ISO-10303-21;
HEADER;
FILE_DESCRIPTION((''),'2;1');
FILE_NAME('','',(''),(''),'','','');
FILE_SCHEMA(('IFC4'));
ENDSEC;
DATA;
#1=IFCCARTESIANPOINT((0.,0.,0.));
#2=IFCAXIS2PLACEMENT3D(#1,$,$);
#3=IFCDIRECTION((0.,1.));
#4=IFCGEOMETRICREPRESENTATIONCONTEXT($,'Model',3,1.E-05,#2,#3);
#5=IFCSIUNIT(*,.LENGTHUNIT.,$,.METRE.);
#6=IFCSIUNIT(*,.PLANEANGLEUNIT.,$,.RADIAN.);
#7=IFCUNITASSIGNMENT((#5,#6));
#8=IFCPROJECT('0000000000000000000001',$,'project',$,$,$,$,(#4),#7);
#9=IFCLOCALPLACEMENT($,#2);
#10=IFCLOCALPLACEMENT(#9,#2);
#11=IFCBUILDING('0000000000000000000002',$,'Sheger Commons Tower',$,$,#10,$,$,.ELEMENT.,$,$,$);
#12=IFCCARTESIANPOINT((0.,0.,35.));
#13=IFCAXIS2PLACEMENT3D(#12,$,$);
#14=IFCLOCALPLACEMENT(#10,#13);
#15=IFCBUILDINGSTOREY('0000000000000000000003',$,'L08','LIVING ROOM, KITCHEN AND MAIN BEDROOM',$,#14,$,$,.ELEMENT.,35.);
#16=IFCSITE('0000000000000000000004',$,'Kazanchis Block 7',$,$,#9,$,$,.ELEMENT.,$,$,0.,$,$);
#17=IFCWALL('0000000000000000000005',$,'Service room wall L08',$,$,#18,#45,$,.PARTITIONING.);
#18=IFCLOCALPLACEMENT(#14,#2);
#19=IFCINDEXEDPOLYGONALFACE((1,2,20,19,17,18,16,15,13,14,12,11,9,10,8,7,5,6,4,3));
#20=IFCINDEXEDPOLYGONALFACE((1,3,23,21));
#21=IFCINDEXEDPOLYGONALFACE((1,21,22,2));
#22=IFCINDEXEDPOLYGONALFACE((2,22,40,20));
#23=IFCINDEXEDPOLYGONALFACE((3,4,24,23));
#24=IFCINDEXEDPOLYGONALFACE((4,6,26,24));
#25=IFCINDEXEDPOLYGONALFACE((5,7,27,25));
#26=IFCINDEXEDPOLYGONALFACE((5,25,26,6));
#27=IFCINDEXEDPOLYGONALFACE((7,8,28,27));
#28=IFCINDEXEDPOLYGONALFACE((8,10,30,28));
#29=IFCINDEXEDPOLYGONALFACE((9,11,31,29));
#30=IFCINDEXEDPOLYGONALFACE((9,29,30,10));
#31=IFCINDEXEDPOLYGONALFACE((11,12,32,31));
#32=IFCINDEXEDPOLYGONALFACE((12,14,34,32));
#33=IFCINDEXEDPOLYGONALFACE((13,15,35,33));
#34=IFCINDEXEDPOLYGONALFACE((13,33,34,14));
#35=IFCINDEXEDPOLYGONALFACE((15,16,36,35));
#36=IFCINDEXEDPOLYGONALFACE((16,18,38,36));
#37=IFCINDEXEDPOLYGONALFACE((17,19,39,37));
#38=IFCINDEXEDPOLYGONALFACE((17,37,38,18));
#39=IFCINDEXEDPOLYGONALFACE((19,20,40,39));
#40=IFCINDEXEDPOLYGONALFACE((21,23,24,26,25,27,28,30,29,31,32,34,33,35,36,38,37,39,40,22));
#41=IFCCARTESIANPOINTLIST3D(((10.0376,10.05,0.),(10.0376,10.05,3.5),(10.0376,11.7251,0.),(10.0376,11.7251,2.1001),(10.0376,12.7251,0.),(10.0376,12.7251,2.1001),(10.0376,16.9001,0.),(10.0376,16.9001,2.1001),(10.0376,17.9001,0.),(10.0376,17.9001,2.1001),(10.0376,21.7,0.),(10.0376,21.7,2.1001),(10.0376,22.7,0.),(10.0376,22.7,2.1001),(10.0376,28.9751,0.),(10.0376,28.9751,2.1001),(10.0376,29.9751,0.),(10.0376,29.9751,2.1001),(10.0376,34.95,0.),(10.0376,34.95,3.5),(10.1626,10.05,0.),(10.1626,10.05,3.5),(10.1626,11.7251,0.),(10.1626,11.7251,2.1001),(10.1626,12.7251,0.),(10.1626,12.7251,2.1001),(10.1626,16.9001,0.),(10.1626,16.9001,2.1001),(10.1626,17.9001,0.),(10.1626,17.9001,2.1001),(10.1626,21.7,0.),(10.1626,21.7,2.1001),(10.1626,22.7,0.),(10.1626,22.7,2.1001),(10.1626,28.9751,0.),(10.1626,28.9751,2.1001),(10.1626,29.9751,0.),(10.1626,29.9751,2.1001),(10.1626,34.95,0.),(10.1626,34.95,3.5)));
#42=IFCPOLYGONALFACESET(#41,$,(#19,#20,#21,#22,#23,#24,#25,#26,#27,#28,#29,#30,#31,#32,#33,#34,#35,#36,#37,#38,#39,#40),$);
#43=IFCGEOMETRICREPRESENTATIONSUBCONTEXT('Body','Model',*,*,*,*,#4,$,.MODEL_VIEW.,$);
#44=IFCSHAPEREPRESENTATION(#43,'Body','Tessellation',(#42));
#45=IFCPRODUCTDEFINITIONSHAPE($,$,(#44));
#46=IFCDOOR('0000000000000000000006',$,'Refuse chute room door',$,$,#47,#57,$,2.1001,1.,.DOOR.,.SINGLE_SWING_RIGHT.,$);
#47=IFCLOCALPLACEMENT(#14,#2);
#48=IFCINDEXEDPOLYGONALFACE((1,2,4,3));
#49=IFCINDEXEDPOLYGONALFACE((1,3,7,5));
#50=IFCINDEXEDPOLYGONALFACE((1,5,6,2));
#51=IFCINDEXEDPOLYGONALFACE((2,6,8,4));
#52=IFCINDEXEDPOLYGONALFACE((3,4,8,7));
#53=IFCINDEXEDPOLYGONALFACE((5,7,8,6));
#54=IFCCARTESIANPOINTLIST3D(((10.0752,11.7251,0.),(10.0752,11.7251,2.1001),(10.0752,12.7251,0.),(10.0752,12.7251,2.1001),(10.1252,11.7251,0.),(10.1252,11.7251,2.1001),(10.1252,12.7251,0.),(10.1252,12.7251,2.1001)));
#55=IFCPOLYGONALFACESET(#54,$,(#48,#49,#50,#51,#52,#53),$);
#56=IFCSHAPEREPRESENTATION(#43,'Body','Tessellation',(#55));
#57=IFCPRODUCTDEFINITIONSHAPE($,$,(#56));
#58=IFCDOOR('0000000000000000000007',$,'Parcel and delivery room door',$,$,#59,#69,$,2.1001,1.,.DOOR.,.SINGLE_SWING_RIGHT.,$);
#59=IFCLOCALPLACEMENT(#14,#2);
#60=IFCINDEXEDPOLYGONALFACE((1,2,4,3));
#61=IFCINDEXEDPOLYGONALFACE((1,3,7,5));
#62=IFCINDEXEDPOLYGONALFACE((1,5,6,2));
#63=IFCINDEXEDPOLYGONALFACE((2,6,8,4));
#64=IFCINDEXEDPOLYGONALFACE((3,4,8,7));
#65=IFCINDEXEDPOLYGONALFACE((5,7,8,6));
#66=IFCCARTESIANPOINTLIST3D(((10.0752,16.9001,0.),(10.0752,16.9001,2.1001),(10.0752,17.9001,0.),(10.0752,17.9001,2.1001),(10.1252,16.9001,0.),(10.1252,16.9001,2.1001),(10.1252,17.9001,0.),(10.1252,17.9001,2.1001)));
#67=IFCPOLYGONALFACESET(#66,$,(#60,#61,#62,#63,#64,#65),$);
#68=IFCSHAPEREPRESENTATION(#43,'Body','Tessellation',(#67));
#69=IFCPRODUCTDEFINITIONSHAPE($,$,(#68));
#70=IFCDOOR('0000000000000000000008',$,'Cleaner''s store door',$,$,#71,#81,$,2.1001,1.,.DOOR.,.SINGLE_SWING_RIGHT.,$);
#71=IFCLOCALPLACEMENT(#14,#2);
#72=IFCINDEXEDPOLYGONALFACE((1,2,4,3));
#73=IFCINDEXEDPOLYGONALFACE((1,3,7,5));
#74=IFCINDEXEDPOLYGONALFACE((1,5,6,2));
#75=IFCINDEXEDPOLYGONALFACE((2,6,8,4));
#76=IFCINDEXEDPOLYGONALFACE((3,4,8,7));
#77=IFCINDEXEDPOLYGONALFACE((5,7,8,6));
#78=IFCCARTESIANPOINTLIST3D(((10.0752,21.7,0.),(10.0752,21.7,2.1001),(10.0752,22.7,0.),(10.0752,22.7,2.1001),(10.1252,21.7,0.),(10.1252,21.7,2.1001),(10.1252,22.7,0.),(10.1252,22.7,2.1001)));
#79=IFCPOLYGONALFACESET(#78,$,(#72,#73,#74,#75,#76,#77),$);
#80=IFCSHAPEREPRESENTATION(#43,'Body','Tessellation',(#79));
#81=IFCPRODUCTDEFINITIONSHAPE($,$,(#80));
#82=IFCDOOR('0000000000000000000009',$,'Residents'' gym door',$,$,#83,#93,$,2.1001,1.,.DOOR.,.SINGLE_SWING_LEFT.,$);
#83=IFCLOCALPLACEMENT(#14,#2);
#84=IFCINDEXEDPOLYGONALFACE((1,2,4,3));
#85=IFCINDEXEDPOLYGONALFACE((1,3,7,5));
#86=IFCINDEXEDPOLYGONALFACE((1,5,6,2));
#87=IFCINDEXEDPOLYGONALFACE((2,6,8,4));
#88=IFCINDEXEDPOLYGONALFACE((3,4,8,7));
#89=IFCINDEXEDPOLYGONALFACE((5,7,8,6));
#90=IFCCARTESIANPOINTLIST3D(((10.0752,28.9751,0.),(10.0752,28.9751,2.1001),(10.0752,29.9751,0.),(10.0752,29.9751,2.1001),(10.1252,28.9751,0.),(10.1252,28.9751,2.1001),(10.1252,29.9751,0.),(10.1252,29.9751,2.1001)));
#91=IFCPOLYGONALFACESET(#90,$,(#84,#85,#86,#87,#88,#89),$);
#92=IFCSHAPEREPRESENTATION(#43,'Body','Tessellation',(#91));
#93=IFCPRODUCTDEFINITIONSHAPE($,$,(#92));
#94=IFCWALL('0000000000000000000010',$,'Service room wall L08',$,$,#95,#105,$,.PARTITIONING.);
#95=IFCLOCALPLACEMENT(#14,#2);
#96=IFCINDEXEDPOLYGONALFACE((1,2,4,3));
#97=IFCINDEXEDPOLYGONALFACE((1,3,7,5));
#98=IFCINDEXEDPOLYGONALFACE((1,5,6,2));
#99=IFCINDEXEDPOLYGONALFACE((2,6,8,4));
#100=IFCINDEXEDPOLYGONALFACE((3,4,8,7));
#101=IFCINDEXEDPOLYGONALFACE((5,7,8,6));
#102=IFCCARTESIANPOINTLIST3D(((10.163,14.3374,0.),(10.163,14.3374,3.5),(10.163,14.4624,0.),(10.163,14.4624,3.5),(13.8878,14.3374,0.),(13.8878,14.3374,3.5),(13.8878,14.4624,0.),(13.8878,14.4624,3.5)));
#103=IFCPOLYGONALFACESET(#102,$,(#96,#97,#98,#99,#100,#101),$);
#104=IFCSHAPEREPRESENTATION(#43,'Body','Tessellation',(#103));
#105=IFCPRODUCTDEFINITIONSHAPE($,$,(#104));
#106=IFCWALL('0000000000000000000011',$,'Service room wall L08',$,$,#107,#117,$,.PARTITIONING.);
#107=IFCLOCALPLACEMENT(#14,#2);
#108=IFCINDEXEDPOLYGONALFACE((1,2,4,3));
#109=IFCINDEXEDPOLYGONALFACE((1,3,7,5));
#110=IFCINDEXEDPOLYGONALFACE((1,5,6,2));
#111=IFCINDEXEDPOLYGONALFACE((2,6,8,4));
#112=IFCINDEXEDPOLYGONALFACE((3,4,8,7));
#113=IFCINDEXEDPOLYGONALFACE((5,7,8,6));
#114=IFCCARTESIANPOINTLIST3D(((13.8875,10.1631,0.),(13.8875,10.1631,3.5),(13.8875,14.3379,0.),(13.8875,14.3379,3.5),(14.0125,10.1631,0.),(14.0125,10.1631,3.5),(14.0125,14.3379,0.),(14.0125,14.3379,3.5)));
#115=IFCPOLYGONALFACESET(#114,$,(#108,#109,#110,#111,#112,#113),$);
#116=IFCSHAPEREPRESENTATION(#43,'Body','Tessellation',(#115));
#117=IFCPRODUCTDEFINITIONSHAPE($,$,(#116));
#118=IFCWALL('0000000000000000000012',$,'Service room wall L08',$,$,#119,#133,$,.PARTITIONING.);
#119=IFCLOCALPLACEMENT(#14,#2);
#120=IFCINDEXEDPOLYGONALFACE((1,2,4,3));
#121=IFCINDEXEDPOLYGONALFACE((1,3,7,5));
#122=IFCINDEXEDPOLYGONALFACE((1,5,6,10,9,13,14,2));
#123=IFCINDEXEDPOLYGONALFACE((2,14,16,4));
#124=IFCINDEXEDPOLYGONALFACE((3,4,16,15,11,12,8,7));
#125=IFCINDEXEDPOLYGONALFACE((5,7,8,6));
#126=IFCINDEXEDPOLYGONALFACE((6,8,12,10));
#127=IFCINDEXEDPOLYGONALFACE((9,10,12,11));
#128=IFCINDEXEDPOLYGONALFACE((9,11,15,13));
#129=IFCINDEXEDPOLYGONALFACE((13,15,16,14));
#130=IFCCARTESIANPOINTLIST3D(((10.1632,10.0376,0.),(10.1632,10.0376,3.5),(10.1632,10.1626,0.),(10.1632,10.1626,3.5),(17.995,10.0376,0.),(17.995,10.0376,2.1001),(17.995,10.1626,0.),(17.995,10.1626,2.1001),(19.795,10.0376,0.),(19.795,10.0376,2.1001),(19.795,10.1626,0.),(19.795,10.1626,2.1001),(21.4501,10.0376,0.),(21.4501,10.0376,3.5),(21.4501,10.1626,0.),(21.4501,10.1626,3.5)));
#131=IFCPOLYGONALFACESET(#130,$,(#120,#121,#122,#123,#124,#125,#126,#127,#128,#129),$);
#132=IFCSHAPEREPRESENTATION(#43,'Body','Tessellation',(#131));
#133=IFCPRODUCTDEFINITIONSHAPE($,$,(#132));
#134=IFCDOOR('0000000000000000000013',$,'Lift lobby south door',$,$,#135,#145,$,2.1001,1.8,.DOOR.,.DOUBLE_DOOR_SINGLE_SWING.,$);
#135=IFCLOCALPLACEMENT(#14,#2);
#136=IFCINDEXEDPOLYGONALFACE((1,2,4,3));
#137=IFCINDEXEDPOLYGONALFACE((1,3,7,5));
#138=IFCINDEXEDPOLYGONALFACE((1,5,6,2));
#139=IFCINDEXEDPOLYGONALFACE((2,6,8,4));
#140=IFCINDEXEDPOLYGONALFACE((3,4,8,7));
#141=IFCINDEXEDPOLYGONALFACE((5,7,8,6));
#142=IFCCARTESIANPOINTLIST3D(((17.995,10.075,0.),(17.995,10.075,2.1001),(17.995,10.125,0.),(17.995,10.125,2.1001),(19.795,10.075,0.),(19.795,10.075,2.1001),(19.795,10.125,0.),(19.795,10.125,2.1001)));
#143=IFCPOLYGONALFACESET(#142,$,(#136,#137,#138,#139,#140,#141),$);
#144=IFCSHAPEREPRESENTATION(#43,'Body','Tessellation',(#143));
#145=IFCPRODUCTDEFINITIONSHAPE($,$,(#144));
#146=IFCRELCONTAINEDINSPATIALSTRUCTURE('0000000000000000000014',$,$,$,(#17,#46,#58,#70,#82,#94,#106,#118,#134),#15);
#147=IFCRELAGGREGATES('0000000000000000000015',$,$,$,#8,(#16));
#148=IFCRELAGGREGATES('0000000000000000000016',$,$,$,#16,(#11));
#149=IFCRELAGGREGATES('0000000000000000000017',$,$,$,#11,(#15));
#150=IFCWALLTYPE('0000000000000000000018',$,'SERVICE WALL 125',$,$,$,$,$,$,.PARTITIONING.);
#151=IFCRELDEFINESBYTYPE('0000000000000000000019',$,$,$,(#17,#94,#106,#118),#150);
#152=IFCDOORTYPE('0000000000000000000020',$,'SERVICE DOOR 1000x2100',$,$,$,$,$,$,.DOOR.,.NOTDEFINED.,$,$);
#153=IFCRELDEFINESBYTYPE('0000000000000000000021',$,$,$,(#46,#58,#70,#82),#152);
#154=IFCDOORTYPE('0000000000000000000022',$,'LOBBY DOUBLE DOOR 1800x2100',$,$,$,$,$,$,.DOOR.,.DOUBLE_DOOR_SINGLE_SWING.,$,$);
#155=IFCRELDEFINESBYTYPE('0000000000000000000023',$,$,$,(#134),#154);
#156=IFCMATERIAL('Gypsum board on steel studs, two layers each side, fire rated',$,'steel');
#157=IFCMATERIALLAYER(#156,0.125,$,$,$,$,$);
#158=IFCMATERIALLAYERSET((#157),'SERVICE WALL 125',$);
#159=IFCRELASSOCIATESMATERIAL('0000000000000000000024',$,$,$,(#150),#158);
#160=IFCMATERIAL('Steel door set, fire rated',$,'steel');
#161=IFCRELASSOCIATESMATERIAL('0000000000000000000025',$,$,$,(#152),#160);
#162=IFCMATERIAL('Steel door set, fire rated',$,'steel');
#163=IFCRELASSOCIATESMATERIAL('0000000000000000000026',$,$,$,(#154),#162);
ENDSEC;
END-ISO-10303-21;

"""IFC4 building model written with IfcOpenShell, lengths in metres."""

from ifc_helpers import new_model, si_unit, direction, frame, frame_2d, origin, place, context, subcontext, project, spatial, rectangle, extrude, material, layer, layer_set, type_object, element, fill, save


model = new_model("IFC4")

# Units and contexts
model_context = context("Model", 3, precision=1e-05, world=origin(), true_north=direction((0.0, 1.0)))
body_context = subcontext(model_context, "Body", "Model", "MODEL_VIEW")
ifc_project = project(units=[si_unit("LENGTHUNIT", "METRE"), si_unit("PLANEANGLEUNIT", "RADIAN")], contexts=[model_context])

# Site, building, storey
site_placement = place(None, origin())
site = spatial("IfcSite", under=ifc_project, at=site_placement, Name="Kazanchis Block 7", CompositionType="ELEMENT", RefElevation=0.0)
building_placement = place(site_placement, origin())
building = spatial("IfcBuilding", under=site, at=building_placement, Name="Sheger Commons Tower", CompositionType="ELEMENT")
storey_placement = place(building_placement, frame((0.0, 0.0, 35.0)))
storey = spatial("IfcBuildingStorey", under=building, at=storey_placement, Name="L08", Description="LIVING ROOM, KITCHEN AND MAIN BEDROOM", CompositionType="ELEMENT", Elevation=35.0)

# Wall, openings, doors
ifc_material_1 = material(Name="Gypsum board on steel studs, two layers each side, fire rated", Category="steel")
ifc_layer_1 = layer(ifc_material_1, 0.125)
ifc_layer_set_1 = layer_set([ifc_layer_1], Name="SERVICE WALL 125")
wall_type_1 = type_object("IfcWallType", Name="SERVICE WALL 125", PredefinedType="PARTITIONING", material=ifc_layer_set_1)
wall_1_placement = place(storey_placement, frame((10.1001, 10.05, 0.0), z_axis=(0.0, 0.0, 1.0), x_axis=(0.0, 1.0, 0.0)))
wall_1 = element("IfcWall", 1, at=wall_1_placement, inside=storey, type_object=wall_type_1, Name="Service room wall L08", PredefinedType="PARTITIONING", context=body_context, shape_type="SweptSolid", body=[
    extrude(rectangle(XDim=24.8999, YDim=0.125, at=frame_2d((12.45, 0.0))), origin(), (0.0, 0.0, 1.0), 3.5),
])
opening_1_placement = place(wall_1_placement, frame((1.675, 0.0, 0.0)))
opening_1 = element("IfcOpeningElement", 2, at=opening_1_placement, cuts=wall_1, PredefinedType="OPENING", context=body_context, shape_type="SweptSolid", body=[
    extrude(rectangle(XDim=1.0, YDim=2.1001, at=frame_2d((0.5, 1.05))), frame((0.0, 0.0725, 0.0), z_axis=(0.0, -1.0, 0.0), x_axis=(1.0, 0.0, 0.0)), (0.0, 0.0, 1.0), 0.145),
])
opening_2_placement = place(wall_1_placement, frame((6.8501, 0.0, 0.0)))
opening_2 = element("IfcOpeningElement", 3, at=opening_2_placement, cuts=wall_1, PredefinedType="OPENING", context=body_context, shape_type="SweptSolid", body=[
    extrude(rectangle(XDim=1.0, YDim=2.1001, at=frame_2d((0.5, 1.05))), frame((0.0, 0.0725, 0.0), z_axis=(0.0, -1.0, 0.0), x_axis=(1.0, 0.0, 0.0)), (0.0, 0.0, 1.0), 0.145),
])
opening_3_placement = place(wall_1_placement, frame((11.6499, 0.0, 0.0)))
opening_3 = element("IfcOpeningElement", 4, at=opening_3_placement, cuts=wall_1, PredefinedType="OPENING", context=body_context, shape_type="SweptSolid", body=[
    extrude(rectangle(XDim=1.0, YDim=2.1001, at=frame_2d((0.5, 1.05))), frame((0.0, 0.0725, 0.0), z_axis=(0.0, -1.0, 0.0), x_axis=(1.0, 0.0, 0.0)), (0.0, 0.0, 1.0), 0.145),
])
opening_4_placement = place(wall_1_placement, frame((18.925, 0.0, 0.0)))
opening_4 = element("IfcOpeningElement", 5, at=opening_4_placement, cuts=wall_1, PredefinedType="OPENING", context=body_context, shape_type="SweptSolid", body=[
    extrude(rectangle(XDim=1.0, YDim=2.1001, at=frame_2d((0.5, 1.05))), frame((0.0, 0.0725, 0.0), z_axis=(0.0, -1.0, 0.0), x_axis=(1.0, 0.0, 0.0)), (0.0, 0.0, 1.0), 0.145),
])
ifc_material_2 = material(Name="Steel door set, fire rated", Category="steel")
door_type_1 = type_object("IfcDoorType", Name="SERVICE DOOR 1000x2100", OperationType="NOTDEFINED", PredefinedType="DOOR", material=ifc_material_2)
door_1_placement = place(opening_1_placement, origin())
door_1 = element("IfcDoor", 6, at=door_1_placement, inside=storey, type_object=door_type_1, Name="Refuse chute room door", OperationType="SINGLE_SWING_RIGHT", OverallHeight=2.1001, OverallWidth=1.0, PredefinedType="DOOR", context=body_context, shape_type="SweptSolid", body=[
    extrude(rectangle(XDim=1.0, YDim=2.1001, at=frame_2d((0.5, 1.05))), frame((0.0, 0.0249, 0.0), z_axis=(0.0, -1.0, 0.0), x_axis=(1.0, 0.0, 0.0)), (0.0, 0.0, 1.0), 0.05),
])
fill(opening_1, door_1)
door_2_placement = place(opening_2_placement, origin())
door_2 = element("IfcDoor", 7, at=door_2_placement, inside=storey, type_object=door_type_1, Name="Parcel and delivery room door", OperationType="SINGLE_SWING_RIGHT", OverallHeight=2.1001, OverallWidth=1.0, PredefinedType="DOOR", context=body_context, shape_type="SweptSolid", body=[
    extrude(rectangle(XDim=1.0, YDim=2.1001, at=frame_2d((0.5, 1.05))), frame((0.0, 0.0249, 0.0), z_axis=(0.0, -1.0, 0.0), x_axis=(1.0, 0.0, 0.0)), (0.0, 0.0, 1.0), 0.05),
])
fill(opening_2, door_2)
door_3_placement = place(opening_3_placement, origin())
door_3 = element("IfcDoor", 8, at=door_3_placement, inside=storey, type_object=door_type_1, Name="Cleaner's store door", OperationType="SINGLE_SWING_RIGHT", OverallHeight=2.1001, OverallWidth=1.0, PredefinedType="DOOR", context=body_context, shape_type="SweptSolid", body=[
    extrude(rectangle(XDim=1.0, YDim=2.1001, at=frame_2d((0.5, 1.05))), frame((0.0, 0.0249, 0.0), z_axis=(0.0, -1.0, 0.0), x_axis=(1.0, 0.0, 0.0)), (0.0, 0.0, 1.0), 0.05),
])
fill(opening_3, door_3)
door_4_placement = place(opening_4_placement, origin())
door_4 = element("IfcDoor", 9, at=door_4_placement, inside=storey, type_object=door_type_1, Name="Residents' gym door", OperationType="SINGLE_SWING_LEFT", OverallHeight=2.1001, OverallWidth=1.0, PredefinedType="DOOR", context=body_context, shape_type="SweptSolid", body=[
    extrude(rectangle(XDim=1.0, YDim=2.1001, at=frame_2d((0.5, 1.05))), frame((0.0, 0.0249, 0.0), z_axis=(0.0, -1.0, 0.0), x_axis=(1.0, 0.0, 0.0)), (0.0, 0.0, 1.0), 0.05),
])
fill(opening_4, door_4)

# Walls
wall_2_placement = place(storey_placement, frame((10.1631, 14.3999, 0.0), z_axis=(0.0, 0.0, 1.0), x_axis=(1.0, 0.0, 0.0)))
element("IfcWall", 10, at=wall_2_placement, inside=storey, type_object=wall_type_1, Name="Service room wall L08", PredefinedType="PARTITIONING", context=body_context, shape_type="SweptSolid", body=[
    extrude(rectangle(XDim=3.7249, YDim=0.125, at=frame_2d((1.8623, 0.0))), origin(), (0.0, 0.0, 1.0), 3.5),
])
wall_3_placement = place(storey_placement, frame((13.95, 10.1631, 0.0), z_axis=(0.0, 0.0, 1.0), x_axis=(0.0, 1.0, 0.0)))
element("IfcWall", 11, at=wall_3_placement, inside=storey, type_object=wall_type_1, Name="Service room wall L08", PredefinedType="PARTITIONING", context=body_context, shape_type="SweptSolid", body=[
    extrude(rectangle(XDim=4.1748, YDim=0.125, at=frame_2d((2.0874, 0.0))), origin(), (0.0, 0.0, 1.0), 3.5),
])

# Wall, opening, door
wall_4_placement = place(storey_placement, frame((10.1631, 10.1001, 0.0), z_axis=(0.0, 0.0, 1.0), x_axis=(1.0, 0.0, 0.0)))
wall_4 = element("IfcWall", 12, at=wall_4_placement, inside=storey, type_object=wall_type_1, Name="Service room wall L08", PredefinedType="PARTITIONING", context=body_context, shape_type="SweptSolid", body=[
    extrude(rectangle(XDim=11.2869, YDim=0.125, at=frame_2d((5.6436, 0.0))), origin(), (0.0, 0.0, 1.0), 3.5),
])
opening_5_placement = place(wall_4_placement, frame((7.832, 0.0, 0.0)))
opening_5 = element("IfcOpeningElement", 13, at=opening_5_placement, cuts=wall_4, PredefinedType="OPENING", context=body_context, shape_type="SweptSolid", body=[
    extrude(rectangle(XDim=1.8, YDim=2.1001, at=frame_2d((0.8999, 1.05))), frame((0.0, 0.0725, 0.0), z_axis=(0.0, -1.0, 0.0), x_axis=(1.0, 0.0, 0.0)), (0.0, 0.0, 1.0), 0.145),
])
ifc_material_3 = material(Name="Steel door set, fire rated", Category="steel")
door_type_2 = type_object("IfcDoorType", Name="LOBBY DOUBLE DOOR 1800x2100", OperationType="DOUBLE_DOOR_SINGLE_SWING", PredefinedType="DOOR", material=ifc_material_3)
door_5_placement = place(opening_5_placement, origin())
door_5 = element("IfcDoor", 14, at=door_5_placement, inside=storey, type_object=door_type_2, Name="Lift lobby south door", OperationType="DOUBLE_DOOR_SINGLE_SWING", OverallHeight=2.1001, OverallWidth=1.8, PredefinedType="DOOR", context=body_context, shape_type="SweptSolid", body=[
    extrude(rectangle(XDim=1.8, YDim=2.1001, at=frame_2d((0.8999, 1.05))), frame((0.0, 0.0249, 0.0), z_axis=(0.0, -1.0, 0.0), x_axis=(1.0, 0.0, 0.0)), (0.0, 0.0, 1.0), 0.05),
])
fill(opening_5, door_5)

save(model, "model.ifc")
